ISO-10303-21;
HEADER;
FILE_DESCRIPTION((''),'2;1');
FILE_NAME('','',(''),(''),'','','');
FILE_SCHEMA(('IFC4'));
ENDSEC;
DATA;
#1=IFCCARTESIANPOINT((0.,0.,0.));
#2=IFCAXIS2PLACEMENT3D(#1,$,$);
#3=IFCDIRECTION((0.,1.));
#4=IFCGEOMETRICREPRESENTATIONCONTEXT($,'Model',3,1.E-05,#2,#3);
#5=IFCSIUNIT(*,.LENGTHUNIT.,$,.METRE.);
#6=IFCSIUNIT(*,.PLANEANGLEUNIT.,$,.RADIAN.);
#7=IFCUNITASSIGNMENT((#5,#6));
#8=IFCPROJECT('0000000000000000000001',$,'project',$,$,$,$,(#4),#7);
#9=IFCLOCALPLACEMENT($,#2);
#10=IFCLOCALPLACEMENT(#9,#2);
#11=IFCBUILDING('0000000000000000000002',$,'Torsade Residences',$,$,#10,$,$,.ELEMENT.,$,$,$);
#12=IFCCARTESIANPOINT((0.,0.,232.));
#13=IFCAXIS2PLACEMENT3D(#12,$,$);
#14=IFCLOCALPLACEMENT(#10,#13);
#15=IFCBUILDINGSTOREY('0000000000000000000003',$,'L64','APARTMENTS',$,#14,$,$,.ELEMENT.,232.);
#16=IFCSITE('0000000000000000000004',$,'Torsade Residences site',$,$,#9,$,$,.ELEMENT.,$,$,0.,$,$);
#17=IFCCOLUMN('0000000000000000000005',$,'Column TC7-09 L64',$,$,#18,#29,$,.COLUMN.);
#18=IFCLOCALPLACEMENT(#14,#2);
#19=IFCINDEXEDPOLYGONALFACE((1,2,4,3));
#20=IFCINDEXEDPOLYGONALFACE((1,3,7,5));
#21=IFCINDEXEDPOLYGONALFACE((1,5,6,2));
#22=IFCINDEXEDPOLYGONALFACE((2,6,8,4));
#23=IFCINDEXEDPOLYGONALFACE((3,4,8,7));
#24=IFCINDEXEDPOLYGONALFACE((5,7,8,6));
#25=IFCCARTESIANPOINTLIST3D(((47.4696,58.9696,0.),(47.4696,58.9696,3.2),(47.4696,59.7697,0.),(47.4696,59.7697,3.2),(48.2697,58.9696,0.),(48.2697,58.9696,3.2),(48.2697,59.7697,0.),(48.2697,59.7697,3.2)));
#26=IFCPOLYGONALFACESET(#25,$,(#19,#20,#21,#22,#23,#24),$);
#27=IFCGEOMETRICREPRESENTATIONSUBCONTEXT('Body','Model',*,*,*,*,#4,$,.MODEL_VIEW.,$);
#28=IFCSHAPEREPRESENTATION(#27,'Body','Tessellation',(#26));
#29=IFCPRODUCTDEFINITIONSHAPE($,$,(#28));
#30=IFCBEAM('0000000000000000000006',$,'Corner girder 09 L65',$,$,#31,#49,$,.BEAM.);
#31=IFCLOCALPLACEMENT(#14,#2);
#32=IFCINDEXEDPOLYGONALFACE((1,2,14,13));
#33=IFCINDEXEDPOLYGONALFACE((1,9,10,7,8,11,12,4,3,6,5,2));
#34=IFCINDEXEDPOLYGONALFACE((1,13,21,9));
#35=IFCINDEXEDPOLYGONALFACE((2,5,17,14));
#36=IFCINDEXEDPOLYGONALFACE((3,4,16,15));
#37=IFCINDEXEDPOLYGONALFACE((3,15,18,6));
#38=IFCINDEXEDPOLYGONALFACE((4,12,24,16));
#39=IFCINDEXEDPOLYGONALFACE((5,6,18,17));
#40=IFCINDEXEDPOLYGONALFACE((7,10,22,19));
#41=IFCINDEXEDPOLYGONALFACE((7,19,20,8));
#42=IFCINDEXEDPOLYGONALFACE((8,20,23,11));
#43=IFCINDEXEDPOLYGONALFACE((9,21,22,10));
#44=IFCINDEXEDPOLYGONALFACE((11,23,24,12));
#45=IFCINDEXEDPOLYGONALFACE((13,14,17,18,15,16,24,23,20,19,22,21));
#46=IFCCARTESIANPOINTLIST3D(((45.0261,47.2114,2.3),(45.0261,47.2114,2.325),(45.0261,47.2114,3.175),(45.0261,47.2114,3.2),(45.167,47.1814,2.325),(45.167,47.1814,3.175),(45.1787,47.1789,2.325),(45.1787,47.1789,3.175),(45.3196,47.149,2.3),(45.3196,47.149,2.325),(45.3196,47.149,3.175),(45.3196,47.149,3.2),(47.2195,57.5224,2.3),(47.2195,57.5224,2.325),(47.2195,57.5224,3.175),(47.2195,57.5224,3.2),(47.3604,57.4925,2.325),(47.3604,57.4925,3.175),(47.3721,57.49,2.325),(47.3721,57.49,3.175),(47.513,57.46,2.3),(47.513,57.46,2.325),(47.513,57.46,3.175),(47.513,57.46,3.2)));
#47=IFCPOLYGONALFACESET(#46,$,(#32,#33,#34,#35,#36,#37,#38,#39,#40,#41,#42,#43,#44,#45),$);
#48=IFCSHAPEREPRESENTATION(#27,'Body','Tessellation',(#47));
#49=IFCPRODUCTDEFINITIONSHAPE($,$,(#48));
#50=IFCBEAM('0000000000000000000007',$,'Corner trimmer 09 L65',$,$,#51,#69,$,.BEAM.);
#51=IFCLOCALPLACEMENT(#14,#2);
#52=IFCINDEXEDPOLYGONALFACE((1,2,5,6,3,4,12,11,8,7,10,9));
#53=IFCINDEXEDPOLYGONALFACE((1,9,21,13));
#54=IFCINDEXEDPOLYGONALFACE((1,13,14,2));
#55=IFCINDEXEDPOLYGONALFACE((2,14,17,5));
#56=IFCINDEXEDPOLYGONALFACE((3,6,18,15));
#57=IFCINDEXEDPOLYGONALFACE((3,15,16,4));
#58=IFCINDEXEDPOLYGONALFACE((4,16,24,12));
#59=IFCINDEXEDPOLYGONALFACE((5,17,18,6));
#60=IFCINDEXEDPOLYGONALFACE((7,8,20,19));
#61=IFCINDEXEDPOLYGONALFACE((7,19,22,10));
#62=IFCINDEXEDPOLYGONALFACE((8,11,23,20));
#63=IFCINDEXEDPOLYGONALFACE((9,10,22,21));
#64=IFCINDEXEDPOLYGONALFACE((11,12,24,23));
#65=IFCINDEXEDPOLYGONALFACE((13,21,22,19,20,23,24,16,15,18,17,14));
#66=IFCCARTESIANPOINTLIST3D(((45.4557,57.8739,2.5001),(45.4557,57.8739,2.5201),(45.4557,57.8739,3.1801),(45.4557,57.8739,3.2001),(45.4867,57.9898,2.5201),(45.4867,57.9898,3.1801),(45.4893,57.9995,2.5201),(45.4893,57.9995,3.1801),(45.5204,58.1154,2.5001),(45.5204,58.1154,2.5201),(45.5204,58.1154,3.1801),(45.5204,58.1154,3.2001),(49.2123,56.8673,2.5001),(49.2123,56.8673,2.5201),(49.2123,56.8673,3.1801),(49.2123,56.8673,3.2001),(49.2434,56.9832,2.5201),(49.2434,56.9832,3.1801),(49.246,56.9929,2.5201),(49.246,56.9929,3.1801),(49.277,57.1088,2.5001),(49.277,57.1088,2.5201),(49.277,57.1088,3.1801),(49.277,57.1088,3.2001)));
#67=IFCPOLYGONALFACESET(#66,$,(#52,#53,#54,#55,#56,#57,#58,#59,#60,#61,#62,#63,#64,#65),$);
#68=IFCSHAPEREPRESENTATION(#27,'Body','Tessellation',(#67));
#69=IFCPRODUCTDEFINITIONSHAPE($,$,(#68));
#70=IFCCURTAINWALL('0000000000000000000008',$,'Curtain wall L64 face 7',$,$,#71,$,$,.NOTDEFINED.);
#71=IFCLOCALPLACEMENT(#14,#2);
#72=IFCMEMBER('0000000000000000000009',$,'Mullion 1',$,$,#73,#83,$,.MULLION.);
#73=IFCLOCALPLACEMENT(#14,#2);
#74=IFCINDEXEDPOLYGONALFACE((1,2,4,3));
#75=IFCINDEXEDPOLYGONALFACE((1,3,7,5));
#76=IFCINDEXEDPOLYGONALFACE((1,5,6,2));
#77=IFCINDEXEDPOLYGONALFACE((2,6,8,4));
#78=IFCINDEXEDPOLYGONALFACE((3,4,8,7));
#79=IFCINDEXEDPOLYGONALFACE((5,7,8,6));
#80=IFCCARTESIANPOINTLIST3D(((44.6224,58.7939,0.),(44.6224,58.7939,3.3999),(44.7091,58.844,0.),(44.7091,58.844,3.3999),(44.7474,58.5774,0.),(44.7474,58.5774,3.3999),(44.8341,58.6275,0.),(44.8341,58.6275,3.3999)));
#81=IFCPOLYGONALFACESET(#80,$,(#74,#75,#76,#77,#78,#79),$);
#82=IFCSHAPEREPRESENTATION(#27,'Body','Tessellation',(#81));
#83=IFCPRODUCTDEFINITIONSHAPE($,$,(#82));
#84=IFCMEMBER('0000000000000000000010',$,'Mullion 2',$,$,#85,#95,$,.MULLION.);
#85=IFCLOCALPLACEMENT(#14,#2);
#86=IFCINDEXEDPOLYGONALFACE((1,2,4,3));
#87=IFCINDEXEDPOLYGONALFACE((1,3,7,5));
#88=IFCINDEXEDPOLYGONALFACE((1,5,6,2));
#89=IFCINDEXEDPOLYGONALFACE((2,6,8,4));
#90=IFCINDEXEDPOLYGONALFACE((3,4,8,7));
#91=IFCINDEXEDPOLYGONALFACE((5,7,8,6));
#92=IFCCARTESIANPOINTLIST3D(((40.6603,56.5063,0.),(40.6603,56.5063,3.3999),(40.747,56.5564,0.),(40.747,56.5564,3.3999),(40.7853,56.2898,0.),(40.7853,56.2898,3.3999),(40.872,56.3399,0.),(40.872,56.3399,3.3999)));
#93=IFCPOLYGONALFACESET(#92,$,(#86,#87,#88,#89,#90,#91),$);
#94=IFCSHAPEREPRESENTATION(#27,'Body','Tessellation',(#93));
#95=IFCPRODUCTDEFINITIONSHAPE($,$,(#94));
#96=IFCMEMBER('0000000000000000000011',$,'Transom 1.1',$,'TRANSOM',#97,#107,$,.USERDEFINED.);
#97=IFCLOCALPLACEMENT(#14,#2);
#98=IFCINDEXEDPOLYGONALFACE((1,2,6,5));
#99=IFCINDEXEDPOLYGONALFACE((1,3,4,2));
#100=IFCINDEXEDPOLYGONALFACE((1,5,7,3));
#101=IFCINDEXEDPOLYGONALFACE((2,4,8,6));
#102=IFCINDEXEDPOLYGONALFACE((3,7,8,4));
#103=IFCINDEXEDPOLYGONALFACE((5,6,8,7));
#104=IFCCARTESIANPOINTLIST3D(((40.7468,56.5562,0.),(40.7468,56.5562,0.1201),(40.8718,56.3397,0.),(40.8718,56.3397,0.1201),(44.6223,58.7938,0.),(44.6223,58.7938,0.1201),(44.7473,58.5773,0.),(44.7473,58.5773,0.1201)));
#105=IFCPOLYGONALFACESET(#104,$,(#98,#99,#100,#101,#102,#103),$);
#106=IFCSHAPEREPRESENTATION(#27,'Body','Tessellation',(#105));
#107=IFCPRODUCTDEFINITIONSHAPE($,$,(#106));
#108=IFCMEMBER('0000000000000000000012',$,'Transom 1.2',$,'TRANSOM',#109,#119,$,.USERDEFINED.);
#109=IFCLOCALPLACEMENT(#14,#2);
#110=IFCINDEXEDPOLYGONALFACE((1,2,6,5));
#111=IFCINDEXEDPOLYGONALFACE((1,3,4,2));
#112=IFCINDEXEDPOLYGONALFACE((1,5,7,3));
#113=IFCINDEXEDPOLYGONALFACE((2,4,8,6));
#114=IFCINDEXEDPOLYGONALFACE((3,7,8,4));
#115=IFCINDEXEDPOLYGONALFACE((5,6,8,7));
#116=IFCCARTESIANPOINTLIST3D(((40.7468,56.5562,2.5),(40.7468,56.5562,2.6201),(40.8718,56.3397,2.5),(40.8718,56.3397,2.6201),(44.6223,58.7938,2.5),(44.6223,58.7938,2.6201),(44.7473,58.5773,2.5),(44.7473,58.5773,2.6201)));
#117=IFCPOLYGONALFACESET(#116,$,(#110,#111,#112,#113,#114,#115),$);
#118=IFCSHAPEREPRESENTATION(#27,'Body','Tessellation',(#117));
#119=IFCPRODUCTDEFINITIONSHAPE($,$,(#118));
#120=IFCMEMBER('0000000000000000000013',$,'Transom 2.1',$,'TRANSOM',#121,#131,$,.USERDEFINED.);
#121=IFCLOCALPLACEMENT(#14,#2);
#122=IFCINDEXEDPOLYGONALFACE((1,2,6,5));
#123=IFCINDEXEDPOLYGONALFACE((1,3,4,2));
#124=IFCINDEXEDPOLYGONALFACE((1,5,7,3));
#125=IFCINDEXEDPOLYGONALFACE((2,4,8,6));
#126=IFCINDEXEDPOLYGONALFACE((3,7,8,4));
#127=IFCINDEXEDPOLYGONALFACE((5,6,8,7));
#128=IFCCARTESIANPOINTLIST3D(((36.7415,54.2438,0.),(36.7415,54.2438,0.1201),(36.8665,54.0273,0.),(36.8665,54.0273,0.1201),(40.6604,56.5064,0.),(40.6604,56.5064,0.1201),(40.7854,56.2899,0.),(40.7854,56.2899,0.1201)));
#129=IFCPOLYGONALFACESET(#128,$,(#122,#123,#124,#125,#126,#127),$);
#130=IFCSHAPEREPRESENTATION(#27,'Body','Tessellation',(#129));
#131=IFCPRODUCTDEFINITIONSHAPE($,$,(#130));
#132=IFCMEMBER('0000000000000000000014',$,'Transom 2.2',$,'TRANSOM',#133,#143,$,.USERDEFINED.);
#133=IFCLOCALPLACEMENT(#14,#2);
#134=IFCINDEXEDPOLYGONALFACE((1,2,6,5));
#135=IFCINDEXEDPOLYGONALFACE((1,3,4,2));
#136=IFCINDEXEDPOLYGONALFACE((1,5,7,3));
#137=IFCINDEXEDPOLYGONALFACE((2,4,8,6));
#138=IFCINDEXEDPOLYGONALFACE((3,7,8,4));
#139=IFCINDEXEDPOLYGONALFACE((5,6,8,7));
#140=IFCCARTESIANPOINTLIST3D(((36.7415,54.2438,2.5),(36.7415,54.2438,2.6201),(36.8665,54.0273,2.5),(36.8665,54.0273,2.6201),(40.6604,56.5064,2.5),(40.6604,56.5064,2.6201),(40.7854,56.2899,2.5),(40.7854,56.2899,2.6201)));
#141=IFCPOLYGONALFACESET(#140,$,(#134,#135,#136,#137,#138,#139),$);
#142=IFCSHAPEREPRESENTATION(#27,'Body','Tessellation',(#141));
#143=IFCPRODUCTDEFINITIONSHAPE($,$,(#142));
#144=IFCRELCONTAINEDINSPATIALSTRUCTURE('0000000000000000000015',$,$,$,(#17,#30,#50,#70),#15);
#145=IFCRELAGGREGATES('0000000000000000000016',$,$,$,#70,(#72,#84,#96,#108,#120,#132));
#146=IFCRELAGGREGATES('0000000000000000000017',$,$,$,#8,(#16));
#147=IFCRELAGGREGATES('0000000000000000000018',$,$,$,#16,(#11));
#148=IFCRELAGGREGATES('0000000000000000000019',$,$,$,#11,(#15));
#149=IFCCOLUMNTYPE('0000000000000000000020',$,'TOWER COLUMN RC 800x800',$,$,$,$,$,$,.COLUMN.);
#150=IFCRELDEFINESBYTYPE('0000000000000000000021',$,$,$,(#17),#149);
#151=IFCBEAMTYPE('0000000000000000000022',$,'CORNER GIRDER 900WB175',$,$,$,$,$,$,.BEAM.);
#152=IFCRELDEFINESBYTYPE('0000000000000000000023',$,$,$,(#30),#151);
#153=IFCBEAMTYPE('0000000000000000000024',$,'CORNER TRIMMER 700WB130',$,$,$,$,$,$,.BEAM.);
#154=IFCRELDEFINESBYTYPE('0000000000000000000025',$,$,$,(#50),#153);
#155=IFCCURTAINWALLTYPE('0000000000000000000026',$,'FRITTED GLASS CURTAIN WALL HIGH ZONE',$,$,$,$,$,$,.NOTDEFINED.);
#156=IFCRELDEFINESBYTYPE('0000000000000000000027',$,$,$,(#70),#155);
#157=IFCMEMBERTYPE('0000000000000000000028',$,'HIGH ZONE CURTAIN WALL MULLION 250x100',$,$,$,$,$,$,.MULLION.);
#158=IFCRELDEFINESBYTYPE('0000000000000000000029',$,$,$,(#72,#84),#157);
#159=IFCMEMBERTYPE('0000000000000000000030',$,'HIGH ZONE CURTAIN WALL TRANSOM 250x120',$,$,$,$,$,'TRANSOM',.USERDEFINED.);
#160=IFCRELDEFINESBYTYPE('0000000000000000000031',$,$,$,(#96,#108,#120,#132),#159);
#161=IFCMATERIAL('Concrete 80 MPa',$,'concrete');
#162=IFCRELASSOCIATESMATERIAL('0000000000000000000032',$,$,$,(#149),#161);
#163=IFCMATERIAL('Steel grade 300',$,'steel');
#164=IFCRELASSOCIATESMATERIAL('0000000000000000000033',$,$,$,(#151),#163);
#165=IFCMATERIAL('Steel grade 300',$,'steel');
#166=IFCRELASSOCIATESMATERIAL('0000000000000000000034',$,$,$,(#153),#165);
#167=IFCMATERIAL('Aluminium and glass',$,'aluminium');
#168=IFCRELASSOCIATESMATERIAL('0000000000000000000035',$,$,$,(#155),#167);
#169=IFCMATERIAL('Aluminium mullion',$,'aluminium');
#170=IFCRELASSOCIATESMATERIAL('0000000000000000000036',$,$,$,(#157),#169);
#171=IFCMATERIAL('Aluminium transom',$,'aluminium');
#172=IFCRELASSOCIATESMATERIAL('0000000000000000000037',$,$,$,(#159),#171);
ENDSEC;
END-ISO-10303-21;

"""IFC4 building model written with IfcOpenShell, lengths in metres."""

from ifc_helpers import new_model, si_unit, direction, frame, origin, origin_2d, place, context, subcontext, project, spatial, rectangle, i_section, extrude, material, material_profile, profile_set, type_object, element, aggregate, save


model = new_model("IFC4")

# Units and contexts
model_context = context("Model", 3, precision=1e-05, world=origin(), true_north=direction((0.0, 1.0)))
body_context = subcontext(model_context, "Body", "Model", "MODEL_VIEW")
ifc_project = project(units=[si_unit("LENGTHUNIT", "METRE"), si_unit("PLANEANGLEUNIT", "RADIAN")], contexts=[model_context])

# Site, building, storey
site_placement = place(None, origin())
site = spatial("IfcSite", under=ifc_project, at=site_placement, Name="Torsade Residences site", CompositionType="ELEMENT", RefElevation=0.0)
building_placement = place(site_placement, origin())
building = spatial("IfcBuilding", under=site, at=building_placement, Name="Torsade Residences", CompositionType="ELEMENT")
storey_placement = place(building_placement, frame((0.0, 0.0, 232.0)))
storey = spatial("IfcBuildingStorey", under=building, at=storey_placement, Name="L64", Description="APARTMENTS", CompositionType="ELEMENT", Elevation=232.0)

# Column
ifc_material_1 = material(Name="Concrete 80 MPa", Category="concrete")
ifc_material_profile_1 = material_profile(ifc_material_1, rectangle(XDim=0.8, YDim=0.8, at=origin_2d()), Name="RC 800x800")
ifc_profile_set_1 = profile_set([ifc_material_profile_1], Name="Concrete 80 MPa")
column_type = type_object("IfcColumnType", Name="TOWER COLUMN RC 800x800", PredefinedType="COLUMN", material=ifc_profile_set_1)
column_placement = place(storey_placement, frame((47.8696, 59.3696, 0.0), z_axis=(0.0, 0.0, 1.0), x_axis=(1.0, 0.0, 0.0)))
element("IfcColumn", 1, at=column_placement, inside=storey, type_object=column_type, Name="Column TC7-09 L64", PredefinedType="COLUMN", context=body_context, shape_type="SweptSolid", body=[
    extrude(rectangle(XDim=0.8, YDim=0.8, at=origin_2d()), origin(), (0.0, 0.0, 1.0), 3.2),
])

# Beams
ifc_material_2 = material(Name="Steel grade 300", Category="steel")
ifc_material_profile_2 = material_profile(ifc_material_2, i_section(OverallWidth=0.3, OverallDepth=0.8999, WebThickness=0.012, FlangeThickness=0.0249, at=origin_2d()), Name="900WB175")
ifc_profile_set_2 = profile_set([ifc_material_profile_2], Name="Steel grade 300")
beam_type_1 = type_object("IfcBeamType", Name="CORNER GIRDER 900WB175", PredefinedType="BEAM", material=ifc_profile_set_2)
beam_1_placement = place(storey_placement, frame((47.3662, 57.4912, 2.75), z_axis=(-0.208064, -0.978115, 0.0), x_axis=(0.978115, -0.208064, 0.0)))
element("IfcBeam", 2, at=beam_1_placement, inside=storey, type_object=beam_type_1, Name="Corner girder 09 L65", PredefinedType="BEAM", context=body_context, shape_type="SweptSolid", body=[
    extrude(i_section(OverallWidth=0.3, OverallDepth=0.8999, WebThickness=0.012, FlangeThickness=0.0249, at=origin_2d()), origin(), (0.0, 0.0, 1.0), 10.5417),
])
ifc_material_3 = material(Name="Steel grade 300", Category="steel")
ifc_material_profile_3 = material_profile(ifc_material_3, i_section(OverallWidth=0.25, OverallDepth=0.7, WebThickness=0.01, FlangeThickness=0.02, at=origin_2d()), Name="700WB130")
ifc_profile_set_3 = profile_set([ifc_material_profile_3], Name="Steel grade 300")
beam_type_2 = type_object("IfcBeamType", Name="CORNER TRIMMER 700WB130", PredefinedType="BEAM", material=ifc_profile_set_3)
beam_2_placement = place(storey_placement, frame((45.488, 57.9946, 2.8501), z_axis=(0.965925, -0.258823, 0.0), x_axis=(0.258823, 0.965925, 0.0)))
element("IfcBeam", 3, at=beam_2_placement, inside=storey, type_object=beam_type_2, Name="Corner trimmer 09 L65", PredefinedType="BEAM", context=body_context, shape_type="SweptSolid", body=[
    extrude(i_section(OverallWidth=0.25, OverallDepth=0.7, WebThickness=0.01, FlangeThickness=0.02, at=origin_2d()), origin(), (0.0, 0.0, 1.0), 3.8892),
])

# Curtain wall, members
ifc_material_4 = material(Name="Aluminium and glass", Category="aluminium")
curtain_wall_type = type_object("IfcCurtainWallType", Name="FRITTED GLASS CURTAIN WALL HIGH ZONE", PredefinedType="NOTDEFINED", material=ifc_material_4)
curtain_wall_placement = place(storey_placement, origin())
curtain_wall = element("IfcCurtainWall", 4, at=curtain_wall_placement, inside=storey, type_object=curtain_wall_type, Name="Curtain wall L64 face 7", PredefinedType="NOTDEFINED")
ifc_material_5 = material(Name="Aluminium mullion", Category="aluminium")
ifc_material_profile_4 = material_profile(ifc_material_5, rectangle(XDim=0.25, YDim=0.1001, at=origin_2d()), Name="HIGH ZONE CURTAIN WALL MULLION 250x100")
ifc_profile_set_4 = profile_set([ifc_material_profile_4], Name="Aluminium mullion")
member_type_1 = type_object("IfcMemberType", Name="HIGH ZONE CURTAIN WALL MULLION 250x100", PredefinedType="MULLION", material=ifc_profile_set_4)
member_1_placement = place(storey_placement, frame((44.7283, 58.7107, 0.0), z_axis=(0.0, 0.0, 1.0), x_axis=(0.5, -0.866025, 0.0)))
member_1 = element("IfcMember", 5, at=member_1_placement, type_object=member_type_1, Name="Mullion 1", PredefinedType="MULLION", context=body_context, shape_type="SweptSolid", body=[
    extrude(rectangle(XDim=0.25, YDim=0.1001, at=origin_2d()), origin(), (0.0, 0.0, 1.0), 3.3999),
])
member_2_placement = place(storey_placement, frame((40.7661, 56.4231, 0.0), z_axis=(0.0, 0.0, 1.0), x_axis=(0.5, -0.866025, 0.0)))
member_2 = element("IfcMember", 6, at=member_2_placement, type_object=member_type_1, Name="Mullion 2", PredefinedType="MULLION", context=body_context, shape_type="SweptSolid", body=[
    extrude(rectangle(XDim=0.25, YDim=0.1001, at=origin_2d()), origin(), (0.0, 0.0, 1.0), 3.3999),
])
ifc_material_6 = material(Name="Aluminium transom", Category="aluminium")
ifc_material_profile_5 = material_profile(ifc_material_6, rectangle(XDim=0.25, YDim=0.1201, at=origin_2d()), Name="HIGH ZONE CURTAIN WALL TRANSOM 250x120")
ifc_profile_set_5 = profile_set([ifc_material_profile_5], Name="Aluminium transom")
member_type_2 = type_object("IfcMemberType", Name="HIGH ZONE CURTAIN WALL TRANSOM 250x120", ElementType="TRANSOM", PredefinedType="USERDEFINED", material=ifc_profile_set_5)
member_3_placement = place(storey_placement, frame((44.6848, 58.6855, 0.0601), z_axis=(-0.866022, -0.500006, 0.0), x_axis=(0.500006, -0.866022, 0.0)))
member_3 = element("IfcMember", 7, at=member_3_placement, type_object=member_type_2, Name="Transom 1.1", ObjectType="TRANSOM", PredefinedType="USERDEFINED", context=body_context, shape_type="SweptSolid", body=[
    extrude(rectangle(XDim=0.25, YDim=0.1201, at=origin_2d()), origin(), (0.0, 0.0, 1.0), 4.4751),
])
member_4_placement = place(storey_placement, frame((44.6848, 58.6855, 2.5601), z_axis=(-0.866022, -0.500006, 0.0), x_axis=(0.500006, -0.866022, 0.0)))
member_4 = element("IfcMember", 8, at=member_4_placement, type_object=member_type_2, Name="Transom 1.2", ObjectType="TRANSOM", PredefinedType="USERDEFINED", context=body_context, shape_type="SweptSolid", body=[
    extrude(rectangle(XDim=0.25, YDim=0.1201, at=origin_2d()), origin(), (0.0, 0.0, 1.0), 4.4751),
])
member_5_placement = place(storey_placement, frame((40.7229, 56.3982, 0.0601), z_axis=(-0.866017, -0.500015, 0.0), x_axis=(0.500015, -0.866017, 0.0)))
member_5 = element("IfcMember", 9, at=member_5_placement, type_object=member_type_2, Name="Transom 2.1", ObjectType="TRANSOM", PredefinedType="USERDEFINED", context=body_context, shape_type="SweptSolid", body=[
    extrude(rectangle(XDim=0.25, YDim=0.1201, at=origin_2d()), origin(), (0.0, 0.0, 1.0), 4.5251),
])
member_6_placement = place(storey_placement, frame((40.7229, 56.3982, 2.5601), z_axis=(-0.866017, -0.500015, 0.0), x_axis=(0.500015, -0.866017, 0.0)))
member_6 = element("IfcMember", 10, at=member_6_placement, type_object=member_type_2, Name="Transom 2.2", ObjectType="TRANSOM", PredefinedType="USERDEFINED", context=body_context, shape_type="SweptSolid", body=[
    extrude(rectangle(XDim=0.25, YDim=0.1201, at=origin_2d()), origin(), (0.0, 0.0, 1.0), 4.5251),
])

aggregate(curtain_wall, [member_1, member_2, member_3, member_4, member_5, member_6])

save(model, "model.ifc")
